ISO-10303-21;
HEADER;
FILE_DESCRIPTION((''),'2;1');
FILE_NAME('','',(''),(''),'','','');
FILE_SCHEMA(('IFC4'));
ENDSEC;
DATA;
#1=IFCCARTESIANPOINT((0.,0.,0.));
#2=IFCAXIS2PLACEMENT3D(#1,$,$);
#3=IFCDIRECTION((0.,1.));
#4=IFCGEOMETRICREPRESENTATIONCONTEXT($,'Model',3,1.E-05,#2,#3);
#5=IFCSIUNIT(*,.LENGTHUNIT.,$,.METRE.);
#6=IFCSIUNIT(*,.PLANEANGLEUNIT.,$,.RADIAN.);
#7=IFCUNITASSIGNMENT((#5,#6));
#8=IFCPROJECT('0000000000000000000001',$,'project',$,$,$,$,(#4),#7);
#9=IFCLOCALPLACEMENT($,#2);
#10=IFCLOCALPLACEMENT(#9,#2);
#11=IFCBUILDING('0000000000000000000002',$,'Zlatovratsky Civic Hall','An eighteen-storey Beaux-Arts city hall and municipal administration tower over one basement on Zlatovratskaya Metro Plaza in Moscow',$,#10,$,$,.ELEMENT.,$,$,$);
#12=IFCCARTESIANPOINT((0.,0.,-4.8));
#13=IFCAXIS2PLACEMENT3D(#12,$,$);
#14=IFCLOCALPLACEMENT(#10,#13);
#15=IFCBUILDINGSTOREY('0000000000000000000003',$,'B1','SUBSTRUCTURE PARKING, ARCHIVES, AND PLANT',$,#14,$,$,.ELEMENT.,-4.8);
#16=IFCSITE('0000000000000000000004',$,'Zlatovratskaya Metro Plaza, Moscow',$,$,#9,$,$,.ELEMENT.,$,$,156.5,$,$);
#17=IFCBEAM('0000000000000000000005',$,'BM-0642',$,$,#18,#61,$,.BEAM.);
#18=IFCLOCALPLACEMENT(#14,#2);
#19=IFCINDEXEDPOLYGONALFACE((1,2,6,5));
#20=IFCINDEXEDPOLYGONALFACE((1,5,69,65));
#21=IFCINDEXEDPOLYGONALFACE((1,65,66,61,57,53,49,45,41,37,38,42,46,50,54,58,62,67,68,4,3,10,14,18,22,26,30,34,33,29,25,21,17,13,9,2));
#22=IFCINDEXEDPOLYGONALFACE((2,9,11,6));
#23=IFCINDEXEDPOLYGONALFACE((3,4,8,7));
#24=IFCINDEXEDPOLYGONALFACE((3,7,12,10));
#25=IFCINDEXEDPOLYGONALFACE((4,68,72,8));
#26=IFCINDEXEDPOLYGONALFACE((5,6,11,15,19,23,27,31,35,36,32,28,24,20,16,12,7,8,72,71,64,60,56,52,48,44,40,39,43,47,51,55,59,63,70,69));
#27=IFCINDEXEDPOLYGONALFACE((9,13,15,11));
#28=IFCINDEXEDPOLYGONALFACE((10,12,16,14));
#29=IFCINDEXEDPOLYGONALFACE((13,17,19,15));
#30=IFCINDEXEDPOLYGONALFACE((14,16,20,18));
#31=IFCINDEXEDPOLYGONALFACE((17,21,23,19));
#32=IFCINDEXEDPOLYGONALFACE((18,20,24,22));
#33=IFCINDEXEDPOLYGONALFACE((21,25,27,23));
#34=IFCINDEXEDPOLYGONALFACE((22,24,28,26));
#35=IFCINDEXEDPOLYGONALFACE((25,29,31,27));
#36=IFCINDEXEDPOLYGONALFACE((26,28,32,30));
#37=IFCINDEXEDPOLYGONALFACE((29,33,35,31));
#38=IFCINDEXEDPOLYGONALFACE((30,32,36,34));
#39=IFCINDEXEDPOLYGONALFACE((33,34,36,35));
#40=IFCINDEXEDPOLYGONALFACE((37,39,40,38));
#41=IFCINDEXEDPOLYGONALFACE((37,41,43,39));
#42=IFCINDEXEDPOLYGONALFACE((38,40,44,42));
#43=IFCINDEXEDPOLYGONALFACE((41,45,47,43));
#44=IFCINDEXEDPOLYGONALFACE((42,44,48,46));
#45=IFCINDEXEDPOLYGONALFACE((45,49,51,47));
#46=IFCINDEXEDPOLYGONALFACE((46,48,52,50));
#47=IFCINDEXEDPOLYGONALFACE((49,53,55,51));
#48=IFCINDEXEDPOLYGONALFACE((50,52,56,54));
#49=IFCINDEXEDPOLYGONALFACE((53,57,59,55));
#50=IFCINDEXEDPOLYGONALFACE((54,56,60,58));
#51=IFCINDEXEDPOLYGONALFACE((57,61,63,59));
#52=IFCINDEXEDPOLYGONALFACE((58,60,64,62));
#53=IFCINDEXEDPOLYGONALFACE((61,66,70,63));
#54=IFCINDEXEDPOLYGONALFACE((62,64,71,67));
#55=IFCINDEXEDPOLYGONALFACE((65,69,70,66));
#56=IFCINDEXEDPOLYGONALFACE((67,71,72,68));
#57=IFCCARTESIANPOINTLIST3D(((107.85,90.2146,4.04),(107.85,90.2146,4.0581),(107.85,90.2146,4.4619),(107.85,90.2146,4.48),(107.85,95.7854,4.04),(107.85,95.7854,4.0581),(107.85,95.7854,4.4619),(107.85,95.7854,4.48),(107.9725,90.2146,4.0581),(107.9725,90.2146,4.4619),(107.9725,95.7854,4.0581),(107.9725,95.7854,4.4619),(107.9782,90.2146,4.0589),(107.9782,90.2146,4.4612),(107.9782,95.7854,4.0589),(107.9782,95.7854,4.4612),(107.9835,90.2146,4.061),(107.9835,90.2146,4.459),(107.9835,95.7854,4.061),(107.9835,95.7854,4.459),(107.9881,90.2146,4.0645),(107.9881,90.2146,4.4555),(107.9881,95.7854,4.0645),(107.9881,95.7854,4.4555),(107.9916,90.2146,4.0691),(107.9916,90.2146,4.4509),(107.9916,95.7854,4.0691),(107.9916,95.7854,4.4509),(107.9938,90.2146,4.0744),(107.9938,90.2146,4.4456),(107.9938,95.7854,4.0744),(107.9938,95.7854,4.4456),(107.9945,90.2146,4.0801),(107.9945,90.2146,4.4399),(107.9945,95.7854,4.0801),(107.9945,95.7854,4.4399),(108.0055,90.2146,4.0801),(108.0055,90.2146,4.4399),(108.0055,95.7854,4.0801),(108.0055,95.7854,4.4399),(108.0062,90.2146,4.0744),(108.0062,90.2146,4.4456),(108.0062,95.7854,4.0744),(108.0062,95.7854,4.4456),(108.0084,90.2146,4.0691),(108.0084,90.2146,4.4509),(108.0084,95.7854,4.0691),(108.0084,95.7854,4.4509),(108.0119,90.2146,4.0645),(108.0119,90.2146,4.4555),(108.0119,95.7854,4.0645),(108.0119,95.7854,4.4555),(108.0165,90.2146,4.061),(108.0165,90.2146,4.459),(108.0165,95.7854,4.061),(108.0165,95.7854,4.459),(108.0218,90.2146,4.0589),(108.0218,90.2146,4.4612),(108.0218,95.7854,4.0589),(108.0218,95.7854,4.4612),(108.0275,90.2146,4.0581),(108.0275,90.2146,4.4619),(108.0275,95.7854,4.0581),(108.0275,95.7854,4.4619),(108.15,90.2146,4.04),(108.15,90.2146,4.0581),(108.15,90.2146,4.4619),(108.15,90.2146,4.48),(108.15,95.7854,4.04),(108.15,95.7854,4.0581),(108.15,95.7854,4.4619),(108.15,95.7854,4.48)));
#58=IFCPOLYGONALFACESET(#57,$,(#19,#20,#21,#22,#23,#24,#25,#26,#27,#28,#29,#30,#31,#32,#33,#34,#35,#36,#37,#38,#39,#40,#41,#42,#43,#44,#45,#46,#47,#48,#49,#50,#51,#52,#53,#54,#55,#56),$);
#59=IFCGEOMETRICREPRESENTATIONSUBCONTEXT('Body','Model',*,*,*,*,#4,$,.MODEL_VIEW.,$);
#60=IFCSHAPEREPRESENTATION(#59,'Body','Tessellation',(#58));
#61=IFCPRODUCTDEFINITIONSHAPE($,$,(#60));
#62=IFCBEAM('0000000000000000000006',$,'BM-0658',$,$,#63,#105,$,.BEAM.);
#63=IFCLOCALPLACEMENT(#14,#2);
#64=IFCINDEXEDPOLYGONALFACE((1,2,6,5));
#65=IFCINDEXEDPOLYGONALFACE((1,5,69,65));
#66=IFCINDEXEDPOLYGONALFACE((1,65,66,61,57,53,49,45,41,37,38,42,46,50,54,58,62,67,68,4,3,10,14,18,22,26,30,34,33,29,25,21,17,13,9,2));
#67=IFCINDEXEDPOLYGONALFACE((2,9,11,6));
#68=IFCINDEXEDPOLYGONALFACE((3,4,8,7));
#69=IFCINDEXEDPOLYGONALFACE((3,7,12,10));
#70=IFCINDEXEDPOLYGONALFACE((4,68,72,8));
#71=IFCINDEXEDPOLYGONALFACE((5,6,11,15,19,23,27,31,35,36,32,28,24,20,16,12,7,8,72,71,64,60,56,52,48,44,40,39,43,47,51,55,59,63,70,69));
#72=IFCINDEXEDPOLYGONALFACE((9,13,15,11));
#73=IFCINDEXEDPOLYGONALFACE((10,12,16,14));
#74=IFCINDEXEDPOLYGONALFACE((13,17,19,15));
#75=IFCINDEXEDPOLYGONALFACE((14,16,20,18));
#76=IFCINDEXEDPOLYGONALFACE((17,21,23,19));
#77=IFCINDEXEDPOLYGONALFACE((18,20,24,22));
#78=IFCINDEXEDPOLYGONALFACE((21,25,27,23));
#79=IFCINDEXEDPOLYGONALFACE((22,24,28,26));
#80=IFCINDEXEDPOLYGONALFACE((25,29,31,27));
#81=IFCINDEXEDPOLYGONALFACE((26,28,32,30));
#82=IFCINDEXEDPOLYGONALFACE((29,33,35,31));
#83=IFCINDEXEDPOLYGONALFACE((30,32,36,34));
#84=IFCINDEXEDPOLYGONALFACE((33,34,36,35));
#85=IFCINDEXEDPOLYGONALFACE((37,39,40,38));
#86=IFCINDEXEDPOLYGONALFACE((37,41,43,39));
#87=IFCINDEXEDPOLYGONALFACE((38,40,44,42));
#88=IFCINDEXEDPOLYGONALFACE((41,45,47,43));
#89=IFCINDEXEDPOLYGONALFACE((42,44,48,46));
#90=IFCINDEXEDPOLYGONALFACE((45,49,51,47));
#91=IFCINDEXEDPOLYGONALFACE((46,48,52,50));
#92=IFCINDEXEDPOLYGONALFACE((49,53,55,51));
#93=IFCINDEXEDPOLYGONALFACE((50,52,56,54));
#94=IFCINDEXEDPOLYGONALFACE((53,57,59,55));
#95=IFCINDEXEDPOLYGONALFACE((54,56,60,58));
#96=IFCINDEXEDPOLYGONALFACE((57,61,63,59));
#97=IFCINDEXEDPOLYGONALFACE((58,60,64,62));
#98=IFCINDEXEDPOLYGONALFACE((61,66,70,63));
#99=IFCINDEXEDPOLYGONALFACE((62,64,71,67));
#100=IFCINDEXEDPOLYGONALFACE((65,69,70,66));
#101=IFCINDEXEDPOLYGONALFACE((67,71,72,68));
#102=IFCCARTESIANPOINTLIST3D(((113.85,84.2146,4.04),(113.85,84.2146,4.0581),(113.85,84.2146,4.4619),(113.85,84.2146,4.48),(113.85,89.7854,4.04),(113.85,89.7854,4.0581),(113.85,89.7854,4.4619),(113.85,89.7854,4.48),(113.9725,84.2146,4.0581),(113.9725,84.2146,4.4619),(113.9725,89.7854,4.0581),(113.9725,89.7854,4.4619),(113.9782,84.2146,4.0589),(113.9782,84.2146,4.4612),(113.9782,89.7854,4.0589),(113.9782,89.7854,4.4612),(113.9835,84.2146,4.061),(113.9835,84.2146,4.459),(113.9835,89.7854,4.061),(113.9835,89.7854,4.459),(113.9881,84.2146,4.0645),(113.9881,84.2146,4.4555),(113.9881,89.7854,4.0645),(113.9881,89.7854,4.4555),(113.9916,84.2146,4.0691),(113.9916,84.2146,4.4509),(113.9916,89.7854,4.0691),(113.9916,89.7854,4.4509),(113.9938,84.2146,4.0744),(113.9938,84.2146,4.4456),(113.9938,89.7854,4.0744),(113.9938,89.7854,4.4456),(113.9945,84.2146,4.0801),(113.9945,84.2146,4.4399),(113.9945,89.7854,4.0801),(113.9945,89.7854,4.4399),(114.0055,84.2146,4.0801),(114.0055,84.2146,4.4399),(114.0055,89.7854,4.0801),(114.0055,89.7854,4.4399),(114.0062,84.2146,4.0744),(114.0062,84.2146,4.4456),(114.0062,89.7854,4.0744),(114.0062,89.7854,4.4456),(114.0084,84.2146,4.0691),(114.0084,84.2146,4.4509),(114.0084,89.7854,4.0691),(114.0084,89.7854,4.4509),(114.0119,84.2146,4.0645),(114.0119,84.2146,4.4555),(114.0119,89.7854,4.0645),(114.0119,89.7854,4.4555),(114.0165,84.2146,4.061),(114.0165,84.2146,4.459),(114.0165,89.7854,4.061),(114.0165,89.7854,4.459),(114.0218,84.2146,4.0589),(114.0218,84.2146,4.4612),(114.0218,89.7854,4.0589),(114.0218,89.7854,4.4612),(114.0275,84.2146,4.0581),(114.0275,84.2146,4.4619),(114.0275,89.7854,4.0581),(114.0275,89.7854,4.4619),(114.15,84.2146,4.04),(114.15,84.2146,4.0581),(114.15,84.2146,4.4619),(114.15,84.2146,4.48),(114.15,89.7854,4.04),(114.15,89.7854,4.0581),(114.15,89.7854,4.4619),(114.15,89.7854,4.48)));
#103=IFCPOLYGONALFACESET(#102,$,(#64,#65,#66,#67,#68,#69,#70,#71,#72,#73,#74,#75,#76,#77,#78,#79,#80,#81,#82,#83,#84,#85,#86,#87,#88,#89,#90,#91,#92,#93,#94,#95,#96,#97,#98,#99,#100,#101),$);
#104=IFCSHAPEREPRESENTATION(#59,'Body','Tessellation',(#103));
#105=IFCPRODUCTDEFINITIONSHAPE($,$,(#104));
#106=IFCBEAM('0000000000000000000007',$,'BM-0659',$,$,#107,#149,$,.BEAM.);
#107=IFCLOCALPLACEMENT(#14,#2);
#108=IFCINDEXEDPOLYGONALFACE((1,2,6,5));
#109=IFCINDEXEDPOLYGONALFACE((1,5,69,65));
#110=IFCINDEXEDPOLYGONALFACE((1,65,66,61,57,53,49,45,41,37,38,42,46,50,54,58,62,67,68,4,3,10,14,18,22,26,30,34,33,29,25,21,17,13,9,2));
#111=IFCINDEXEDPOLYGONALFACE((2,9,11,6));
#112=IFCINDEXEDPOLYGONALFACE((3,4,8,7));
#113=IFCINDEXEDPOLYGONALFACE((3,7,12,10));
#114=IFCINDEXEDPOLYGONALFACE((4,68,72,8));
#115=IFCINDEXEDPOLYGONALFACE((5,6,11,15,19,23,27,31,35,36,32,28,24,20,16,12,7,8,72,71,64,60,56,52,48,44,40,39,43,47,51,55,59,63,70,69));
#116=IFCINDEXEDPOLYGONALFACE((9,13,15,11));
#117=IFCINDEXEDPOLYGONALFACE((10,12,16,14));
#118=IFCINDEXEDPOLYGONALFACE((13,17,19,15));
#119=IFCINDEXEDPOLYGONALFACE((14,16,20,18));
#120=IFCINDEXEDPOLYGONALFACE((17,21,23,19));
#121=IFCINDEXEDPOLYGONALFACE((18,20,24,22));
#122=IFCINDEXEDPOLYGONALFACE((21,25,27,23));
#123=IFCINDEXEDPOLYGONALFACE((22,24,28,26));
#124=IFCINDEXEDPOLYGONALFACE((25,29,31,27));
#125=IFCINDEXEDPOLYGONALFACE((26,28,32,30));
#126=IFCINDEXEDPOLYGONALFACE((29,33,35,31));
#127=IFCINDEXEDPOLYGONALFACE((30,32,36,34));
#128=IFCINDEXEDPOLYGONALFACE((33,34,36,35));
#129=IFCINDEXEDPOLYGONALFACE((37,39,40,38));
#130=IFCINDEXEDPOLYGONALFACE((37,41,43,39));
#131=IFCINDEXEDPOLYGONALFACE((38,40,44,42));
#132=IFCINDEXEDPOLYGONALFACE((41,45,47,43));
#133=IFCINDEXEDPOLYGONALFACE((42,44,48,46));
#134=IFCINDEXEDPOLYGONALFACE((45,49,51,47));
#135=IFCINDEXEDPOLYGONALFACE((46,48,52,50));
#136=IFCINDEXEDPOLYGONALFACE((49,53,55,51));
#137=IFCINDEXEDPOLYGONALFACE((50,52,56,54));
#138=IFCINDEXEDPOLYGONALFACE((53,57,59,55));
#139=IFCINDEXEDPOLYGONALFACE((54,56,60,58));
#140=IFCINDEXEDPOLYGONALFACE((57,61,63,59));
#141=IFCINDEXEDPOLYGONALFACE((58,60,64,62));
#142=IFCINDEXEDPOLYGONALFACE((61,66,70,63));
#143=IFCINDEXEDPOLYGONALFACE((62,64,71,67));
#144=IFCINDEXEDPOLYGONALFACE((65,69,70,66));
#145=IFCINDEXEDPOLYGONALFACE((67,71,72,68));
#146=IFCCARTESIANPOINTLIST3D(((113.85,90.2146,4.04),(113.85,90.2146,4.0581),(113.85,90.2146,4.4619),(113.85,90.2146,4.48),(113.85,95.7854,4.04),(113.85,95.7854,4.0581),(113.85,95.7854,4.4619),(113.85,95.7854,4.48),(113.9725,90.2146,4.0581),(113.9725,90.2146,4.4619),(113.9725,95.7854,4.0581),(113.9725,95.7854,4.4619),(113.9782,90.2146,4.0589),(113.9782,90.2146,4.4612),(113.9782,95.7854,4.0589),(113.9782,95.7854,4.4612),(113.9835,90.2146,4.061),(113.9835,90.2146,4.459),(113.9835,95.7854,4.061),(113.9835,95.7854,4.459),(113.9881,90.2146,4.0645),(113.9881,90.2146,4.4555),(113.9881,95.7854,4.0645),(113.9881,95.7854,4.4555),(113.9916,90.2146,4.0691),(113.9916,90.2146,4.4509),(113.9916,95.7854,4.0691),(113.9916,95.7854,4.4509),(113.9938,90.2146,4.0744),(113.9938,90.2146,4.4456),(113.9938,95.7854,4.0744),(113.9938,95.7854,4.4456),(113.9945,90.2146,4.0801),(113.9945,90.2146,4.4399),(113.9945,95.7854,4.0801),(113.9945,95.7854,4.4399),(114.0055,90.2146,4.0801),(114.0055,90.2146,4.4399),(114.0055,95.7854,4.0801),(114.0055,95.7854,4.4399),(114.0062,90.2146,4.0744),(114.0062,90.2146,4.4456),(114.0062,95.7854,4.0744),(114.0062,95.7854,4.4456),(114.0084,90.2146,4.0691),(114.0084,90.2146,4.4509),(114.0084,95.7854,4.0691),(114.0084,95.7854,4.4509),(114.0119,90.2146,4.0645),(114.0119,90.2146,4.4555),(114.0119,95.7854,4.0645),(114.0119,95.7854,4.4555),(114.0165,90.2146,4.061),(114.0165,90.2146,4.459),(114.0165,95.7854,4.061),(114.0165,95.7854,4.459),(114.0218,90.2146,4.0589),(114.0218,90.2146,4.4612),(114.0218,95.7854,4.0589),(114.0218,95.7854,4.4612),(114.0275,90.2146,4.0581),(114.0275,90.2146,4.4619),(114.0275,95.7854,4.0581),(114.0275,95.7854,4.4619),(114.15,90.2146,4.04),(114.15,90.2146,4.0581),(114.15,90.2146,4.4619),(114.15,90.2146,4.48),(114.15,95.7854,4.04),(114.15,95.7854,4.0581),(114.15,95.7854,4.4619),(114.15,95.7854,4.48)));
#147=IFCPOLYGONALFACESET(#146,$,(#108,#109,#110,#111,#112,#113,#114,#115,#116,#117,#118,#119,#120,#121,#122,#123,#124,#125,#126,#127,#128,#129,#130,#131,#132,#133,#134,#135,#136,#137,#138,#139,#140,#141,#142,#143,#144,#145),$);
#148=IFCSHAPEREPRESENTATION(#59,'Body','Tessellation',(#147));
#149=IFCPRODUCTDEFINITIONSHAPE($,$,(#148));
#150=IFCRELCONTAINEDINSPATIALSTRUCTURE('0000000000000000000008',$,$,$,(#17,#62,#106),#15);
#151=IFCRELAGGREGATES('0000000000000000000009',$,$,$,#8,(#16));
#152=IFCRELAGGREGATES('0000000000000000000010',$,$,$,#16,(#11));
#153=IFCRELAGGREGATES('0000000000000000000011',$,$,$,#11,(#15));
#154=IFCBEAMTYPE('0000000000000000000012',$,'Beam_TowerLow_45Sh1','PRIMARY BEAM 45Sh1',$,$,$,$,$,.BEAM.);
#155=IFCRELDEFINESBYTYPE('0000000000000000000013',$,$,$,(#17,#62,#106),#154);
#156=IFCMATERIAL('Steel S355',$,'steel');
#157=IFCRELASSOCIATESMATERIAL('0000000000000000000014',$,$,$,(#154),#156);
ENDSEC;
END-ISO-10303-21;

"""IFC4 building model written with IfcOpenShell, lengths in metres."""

from ifc_helpers import new_model, si_unit, direction, frame, origin, origin_2d, place, context, subcontext, project, spatial, i_section, extrude, material, material_profile, profile_set, type_object, element, save


model = new_model("IFC4")

# Units and contexts
model_context = context("Model", 3, precision=1e-05, world=origin(), true_north=direction((0.0, 1.0)))
body_context = subcontext(model_context, "Body", "Model", "MODEL_VIEW")
ifc_project = project(units=[si_unit("LENGTHUNIT", "METRE"), si_unit("PLANEANGLEUNIT", "RADIAN")], contexts=[model_context])

# Site, building, storey
site_placement = place(None, origin())
site = spatial("IfcSite", under=ifc_project, at=site_placement, Name="Zlatovratskaya Metro Plaza, Moscow", CompositionType="ELEMENT", RefElevation=156.5)
building_placement = place(site_placement, origin())
building = spatial("IfcBuilding", under=site, at=building_placement, Name="Zlatovratsky Civic Hall", Description="An eighteen-storey Beaux-Arts city hall and municipal administration tower over one basement on Zlatovratskaya Metro Plaza in Moscow", CompositionType="ELEMENT")
storey_placement = place(building_placement, frame((0.0, 0.0, -4.8)))
storey = spatial("IfcBuildingStorey", under=building, at=storey_placement, Name="B1", Description="SUBSTRUCTURE PARKING, ARCHIVES, AND PLANT", CompositionType="ELEMENT", Elevation=-4.8)

# Shared definitions
ifc_material_1 = material(Name="Steel S355", Category="steel")

# Beams
ifc_material_profile_1 = material_profile(ifc_material_1, i_section(OverallWidth=0.3, OverallDepth=0.4399, WebThickness=0.011, FlangeThickness=0.0181, FilletRadius=0.022, at=origin_2d()), Name="45Sh1")
ifc_profile_set_1 = profile_set([ifc_material_profile_1], Name="Steel S355")
beam_type = type_object("IfcBeamType", Name="Beam_TowerLow_45Sh1", Description="PRIMARY BEAM 45Sh1", PredefinedType="BEAM", material=ifc_profile_set_1)
for number, where, z_axis, x_axis, name in (
    (1, (108.0, 90.2146, 4.26), (0.0, 1.0, 0.0), (-1.0, 0.0, 0.0), "BM-0642"),
    (2, (114.0, 84.2146, 4.26), (0.0, 1.0, 0.0), (-1.0, 0.0, 0.0), "BM-0658"),
    (3, (114.0, 90.2146, 4.26), (0.0, 1.0, 0.0), (-1.0, 0.0, 0.0), "BM-0659"),
):
    element("IfcBeam", number, at=place(storey_placement, frame(where, z_axis=z_axis, x_axis=x_axis)), inside=storey, type_object=beam_type, Name=name, PredefinedType="BEAM", context=body_context, shape_type="SweptSolid", body=[
        extrude(i_section(OverallWidth=0.3, OverallDepth=0.4399, WebThickness=0.011, FlangeThickness=0.0181, FilletRadius=0.022, at=origin_2d()), origin(), (0.0, 0.0, 1.0), 5.5708),
    ])

save(model, "model.ifc")
